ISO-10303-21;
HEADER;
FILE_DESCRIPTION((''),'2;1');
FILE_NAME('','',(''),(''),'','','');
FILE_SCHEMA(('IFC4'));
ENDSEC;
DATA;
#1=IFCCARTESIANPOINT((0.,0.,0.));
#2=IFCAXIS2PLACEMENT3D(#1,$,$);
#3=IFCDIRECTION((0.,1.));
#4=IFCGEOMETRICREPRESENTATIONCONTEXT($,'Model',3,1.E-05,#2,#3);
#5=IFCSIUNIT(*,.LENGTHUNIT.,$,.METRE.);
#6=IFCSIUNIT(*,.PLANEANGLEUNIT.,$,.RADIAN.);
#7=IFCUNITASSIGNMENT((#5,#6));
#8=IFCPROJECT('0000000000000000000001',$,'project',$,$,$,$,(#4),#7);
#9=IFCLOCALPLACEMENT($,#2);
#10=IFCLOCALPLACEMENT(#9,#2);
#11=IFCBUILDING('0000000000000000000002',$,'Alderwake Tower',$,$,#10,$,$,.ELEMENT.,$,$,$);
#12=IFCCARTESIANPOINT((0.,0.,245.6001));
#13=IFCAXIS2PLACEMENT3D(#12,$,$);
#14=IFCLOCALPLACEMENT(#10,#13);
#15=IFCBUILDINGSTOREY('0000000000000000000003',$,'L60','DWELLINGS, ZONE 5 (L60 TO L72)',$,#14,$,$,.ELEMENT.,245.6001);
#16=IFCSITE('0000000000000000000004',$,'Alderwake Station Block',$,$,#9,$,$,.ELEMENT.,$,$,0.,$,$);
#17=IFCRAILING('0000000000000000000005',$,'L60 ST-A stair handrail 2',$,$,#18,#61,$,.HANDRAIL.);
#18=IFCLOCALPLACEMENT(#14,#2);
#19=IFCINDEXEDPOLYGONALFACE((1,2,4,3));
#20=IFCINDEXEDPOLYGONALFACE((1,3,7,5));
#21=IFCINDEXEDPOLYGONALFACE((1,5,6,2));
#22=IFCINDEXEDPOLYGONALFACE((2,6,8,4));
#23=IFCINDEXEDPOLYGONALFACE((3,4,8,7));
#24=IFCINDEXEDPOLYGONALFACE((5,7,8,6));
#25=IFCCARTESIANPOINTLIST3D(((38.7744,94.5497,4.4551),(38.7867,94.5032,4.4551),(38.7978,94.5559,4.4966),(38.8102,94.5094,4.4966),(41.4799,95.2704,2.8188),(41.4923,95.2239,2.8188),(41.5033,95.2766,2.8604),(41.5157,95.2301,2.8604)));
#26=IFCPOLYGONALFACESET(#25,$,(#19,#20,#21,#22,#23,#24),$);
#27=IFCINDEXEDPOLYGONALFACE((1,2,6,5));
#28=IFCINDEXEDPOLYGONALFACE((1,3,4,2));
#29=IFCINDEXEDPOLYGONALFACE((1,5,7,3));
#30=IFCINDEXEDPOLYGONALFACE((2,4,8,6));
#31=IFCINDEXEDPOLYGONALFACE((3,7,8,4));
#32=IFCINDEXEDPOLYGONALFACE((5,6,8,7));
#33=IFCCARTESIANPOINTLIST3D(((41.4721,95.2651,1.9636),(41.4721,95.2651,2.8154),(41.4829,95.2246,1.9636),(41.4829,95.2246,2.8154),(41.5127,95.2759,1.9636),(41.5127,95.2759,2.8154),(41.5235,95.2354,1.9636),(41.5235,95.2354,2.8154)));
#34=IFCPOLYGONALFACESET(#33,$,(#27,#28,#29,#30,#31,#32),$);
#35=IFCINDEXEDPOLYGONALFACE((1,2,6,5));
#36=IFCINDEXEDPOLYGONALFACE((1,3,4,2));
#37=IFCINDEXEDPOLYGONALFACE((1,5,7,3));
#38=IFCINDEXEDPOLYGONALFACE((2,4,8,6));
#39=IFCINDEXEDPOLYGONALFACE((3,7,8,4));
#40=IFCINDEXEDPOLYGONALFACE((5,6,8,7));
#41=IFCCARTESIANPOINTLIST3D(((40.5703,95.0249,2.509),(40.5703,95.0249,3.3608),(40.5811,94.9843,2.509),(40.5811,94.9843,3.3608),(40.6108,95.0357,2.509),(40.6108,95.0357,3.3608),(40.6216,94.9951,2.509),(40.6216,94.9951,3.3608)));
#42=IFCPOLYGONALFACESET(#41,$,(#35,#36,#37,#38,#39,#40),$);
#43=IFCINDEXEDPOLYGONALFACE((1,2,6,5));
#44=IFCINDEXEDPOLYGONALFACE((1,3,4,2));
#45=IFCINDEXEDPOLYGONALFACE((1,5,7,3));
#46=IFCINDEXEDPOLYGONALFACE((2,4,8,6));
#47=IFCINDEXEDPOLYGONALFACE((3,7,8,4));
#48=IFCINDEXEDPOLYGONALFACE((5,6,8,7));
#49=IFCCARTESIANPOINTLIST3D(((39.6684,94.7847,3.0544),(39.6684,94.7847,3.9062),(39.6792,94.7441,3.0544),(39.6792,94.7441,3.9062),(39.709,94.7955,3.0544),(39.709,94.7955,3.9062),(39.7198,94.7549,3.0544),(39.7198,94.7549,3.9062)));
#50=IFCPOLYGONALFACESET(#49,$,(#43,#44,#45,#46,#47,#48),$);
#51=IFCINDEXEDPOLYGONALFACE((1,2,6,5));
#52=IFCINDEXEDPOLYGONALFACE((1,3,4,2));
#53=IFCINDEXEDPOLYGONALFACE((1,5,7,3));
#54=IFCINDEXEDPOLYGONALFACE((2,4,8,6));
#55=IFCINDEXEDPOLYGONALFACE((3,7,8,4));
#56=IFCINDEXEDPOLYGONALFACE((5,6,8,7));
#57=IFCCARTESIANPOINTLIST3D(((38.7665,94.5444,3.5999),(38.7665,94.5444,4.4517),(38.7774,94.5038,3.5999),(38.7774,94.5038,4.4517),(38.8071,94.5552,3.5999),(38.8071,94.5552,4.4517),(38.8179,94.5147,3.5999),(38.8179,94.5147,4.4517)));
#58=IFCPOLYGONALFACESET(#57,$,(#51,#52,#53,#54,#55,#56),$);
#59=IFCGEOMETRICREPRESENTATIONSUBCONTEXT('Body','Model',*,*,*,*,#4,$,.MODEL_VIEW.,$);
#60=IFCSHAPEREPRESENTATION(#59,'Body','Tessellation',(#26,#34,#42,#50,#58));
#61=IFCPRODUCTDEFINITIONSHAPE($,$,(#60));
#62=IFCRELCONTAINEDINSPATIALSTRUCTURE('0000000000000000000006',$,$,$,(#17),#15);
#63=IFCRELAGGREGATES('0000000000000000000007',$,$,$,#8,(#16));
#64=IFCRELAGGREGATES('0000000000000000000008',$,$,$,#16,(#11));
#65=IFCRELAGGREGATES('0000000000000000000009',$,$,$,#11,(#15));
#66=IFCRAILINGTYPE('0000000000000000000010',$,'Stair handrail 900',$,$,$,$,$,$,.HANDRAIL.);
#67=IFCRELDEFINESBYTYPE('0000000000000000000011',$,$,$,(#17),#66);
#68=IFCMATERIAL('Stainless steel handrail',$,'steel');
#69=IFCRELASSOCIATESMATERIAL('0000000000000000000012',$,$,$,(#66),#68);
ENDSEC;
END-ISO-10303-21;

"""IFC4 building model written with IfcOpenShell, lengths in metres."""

from ifc_helpers import new_model, si_unit, direction, frame, origin, origin_2d, place, context, subcontext, project, spatial, rectangle, extrude, material, type_object, element, save


model = new_model("IFC4")

# Units and contexts
model_context = context("Model", 3, precision=1e-05, world=origin(), true_north=direction((0.0, 1.0)))
body_context = subcontext(model_context, "Body", "Model", "MODEL_VIEW")
ifc_project = project(units=[si_unit("LENGTHUNIT", "METRE"), si_unit("PLANEANGLEUNIT", "RADIAN")], contexts=[model_context])

# Site, building, storey
site_placement = place(None, origin())
site = spatial("IfcSite", under=ifc_project, at=site_placement, Name="Alderwake Station Block", CompositionType="ELEMENT", RefElevation=0.0)
building_placement = place(site_placement, origin())
building = spatial("IfcBuilding", under=site, at=building_placement, Name="Alderwake Tower", CompositionType="ELEMENT")
storey_placement = place(building_placement, frame((0.0, 0.0, 245.6001)))
storey = spatial("IfcBuildingStorey", under=building, at=storey_placement, Name="L60", Description="DWELLINGS, ZONE 5 (L60 TO L72)", CompositionType="ELEMENT", Elevation=245.6001)

# Railing
ifc_material_1 = material(Name="Stainless steel handrail", Category="steel")
railing_type_1 = type_object("IfcRailingType", Name="Stair handrail 900", PredefinedType="HANDRAIL", material=ifc_material_1)
railing_1_placement = place(storey_placement, frame((41.4978, 95.2502, 1.9636)))
element("IfcRailing", 1, at=railing_1_placement, inside=storey, type_object=railing_type_1, Name="L60 ST-A stair handrail 2", PredefinedType="HANDRAIL", context=body_context, shape_type="SweptSolid", body=[
    extrude(rectangle(XDim=0.0481, YDim=0.0481, at=origin_2d()), frame((0.0, 0.0, 0.876), z_axis=(-0.834291, -0.222237, 0.504549), x_axis=(0.257402, -0.966304, 0.0)), (0.0, 0.0, 1.0), 3.2429),
    extrude(rectangle(XDim=0.042, YDim=0.042, at=origin_2d()), frame((0.0, 0.0, 0.0), z_axis=(0.0, 0.0, 1.0), x_axis=(-0.966304, -0.257402, 0.0)), (0.0, 0.0, 1.0), 0.8518),
    extrude(rectangle(XDim=0.042, YDim=0.042, at=origin_2d()), frame((-0.9019, -0.2402, 0.5454), z_axis=(0.0, 0.0, 1.0), x_axis=(-0.966304, -0.257402, 0.0)), (0.0, 0.0, 1.0), 0.8518),
    extrude(rectangle(XDim=0.042, YDim=0.042, at=origin_2d()), frame((-1.8037, -0.4805, 1.0908), z_axis=(0.0, 0.0, 1.0), x_axis=(-0.966304, -0.257402, 0.0)), (0.0, 0.0, 1.0), 0.8518),
    extrude(rectangle(XDim=0.042, YDim=0.042, at=origin_2d()), frame((-2.7056, -0.7207, 1.6362), z_axis=(0.0, 0.0, 1.0), x_axis=(-0.966304, -0.257402, 0.0)), (0.0, 0.0, 1.0), 0.8518),
])

save(model, "model.ifc")
